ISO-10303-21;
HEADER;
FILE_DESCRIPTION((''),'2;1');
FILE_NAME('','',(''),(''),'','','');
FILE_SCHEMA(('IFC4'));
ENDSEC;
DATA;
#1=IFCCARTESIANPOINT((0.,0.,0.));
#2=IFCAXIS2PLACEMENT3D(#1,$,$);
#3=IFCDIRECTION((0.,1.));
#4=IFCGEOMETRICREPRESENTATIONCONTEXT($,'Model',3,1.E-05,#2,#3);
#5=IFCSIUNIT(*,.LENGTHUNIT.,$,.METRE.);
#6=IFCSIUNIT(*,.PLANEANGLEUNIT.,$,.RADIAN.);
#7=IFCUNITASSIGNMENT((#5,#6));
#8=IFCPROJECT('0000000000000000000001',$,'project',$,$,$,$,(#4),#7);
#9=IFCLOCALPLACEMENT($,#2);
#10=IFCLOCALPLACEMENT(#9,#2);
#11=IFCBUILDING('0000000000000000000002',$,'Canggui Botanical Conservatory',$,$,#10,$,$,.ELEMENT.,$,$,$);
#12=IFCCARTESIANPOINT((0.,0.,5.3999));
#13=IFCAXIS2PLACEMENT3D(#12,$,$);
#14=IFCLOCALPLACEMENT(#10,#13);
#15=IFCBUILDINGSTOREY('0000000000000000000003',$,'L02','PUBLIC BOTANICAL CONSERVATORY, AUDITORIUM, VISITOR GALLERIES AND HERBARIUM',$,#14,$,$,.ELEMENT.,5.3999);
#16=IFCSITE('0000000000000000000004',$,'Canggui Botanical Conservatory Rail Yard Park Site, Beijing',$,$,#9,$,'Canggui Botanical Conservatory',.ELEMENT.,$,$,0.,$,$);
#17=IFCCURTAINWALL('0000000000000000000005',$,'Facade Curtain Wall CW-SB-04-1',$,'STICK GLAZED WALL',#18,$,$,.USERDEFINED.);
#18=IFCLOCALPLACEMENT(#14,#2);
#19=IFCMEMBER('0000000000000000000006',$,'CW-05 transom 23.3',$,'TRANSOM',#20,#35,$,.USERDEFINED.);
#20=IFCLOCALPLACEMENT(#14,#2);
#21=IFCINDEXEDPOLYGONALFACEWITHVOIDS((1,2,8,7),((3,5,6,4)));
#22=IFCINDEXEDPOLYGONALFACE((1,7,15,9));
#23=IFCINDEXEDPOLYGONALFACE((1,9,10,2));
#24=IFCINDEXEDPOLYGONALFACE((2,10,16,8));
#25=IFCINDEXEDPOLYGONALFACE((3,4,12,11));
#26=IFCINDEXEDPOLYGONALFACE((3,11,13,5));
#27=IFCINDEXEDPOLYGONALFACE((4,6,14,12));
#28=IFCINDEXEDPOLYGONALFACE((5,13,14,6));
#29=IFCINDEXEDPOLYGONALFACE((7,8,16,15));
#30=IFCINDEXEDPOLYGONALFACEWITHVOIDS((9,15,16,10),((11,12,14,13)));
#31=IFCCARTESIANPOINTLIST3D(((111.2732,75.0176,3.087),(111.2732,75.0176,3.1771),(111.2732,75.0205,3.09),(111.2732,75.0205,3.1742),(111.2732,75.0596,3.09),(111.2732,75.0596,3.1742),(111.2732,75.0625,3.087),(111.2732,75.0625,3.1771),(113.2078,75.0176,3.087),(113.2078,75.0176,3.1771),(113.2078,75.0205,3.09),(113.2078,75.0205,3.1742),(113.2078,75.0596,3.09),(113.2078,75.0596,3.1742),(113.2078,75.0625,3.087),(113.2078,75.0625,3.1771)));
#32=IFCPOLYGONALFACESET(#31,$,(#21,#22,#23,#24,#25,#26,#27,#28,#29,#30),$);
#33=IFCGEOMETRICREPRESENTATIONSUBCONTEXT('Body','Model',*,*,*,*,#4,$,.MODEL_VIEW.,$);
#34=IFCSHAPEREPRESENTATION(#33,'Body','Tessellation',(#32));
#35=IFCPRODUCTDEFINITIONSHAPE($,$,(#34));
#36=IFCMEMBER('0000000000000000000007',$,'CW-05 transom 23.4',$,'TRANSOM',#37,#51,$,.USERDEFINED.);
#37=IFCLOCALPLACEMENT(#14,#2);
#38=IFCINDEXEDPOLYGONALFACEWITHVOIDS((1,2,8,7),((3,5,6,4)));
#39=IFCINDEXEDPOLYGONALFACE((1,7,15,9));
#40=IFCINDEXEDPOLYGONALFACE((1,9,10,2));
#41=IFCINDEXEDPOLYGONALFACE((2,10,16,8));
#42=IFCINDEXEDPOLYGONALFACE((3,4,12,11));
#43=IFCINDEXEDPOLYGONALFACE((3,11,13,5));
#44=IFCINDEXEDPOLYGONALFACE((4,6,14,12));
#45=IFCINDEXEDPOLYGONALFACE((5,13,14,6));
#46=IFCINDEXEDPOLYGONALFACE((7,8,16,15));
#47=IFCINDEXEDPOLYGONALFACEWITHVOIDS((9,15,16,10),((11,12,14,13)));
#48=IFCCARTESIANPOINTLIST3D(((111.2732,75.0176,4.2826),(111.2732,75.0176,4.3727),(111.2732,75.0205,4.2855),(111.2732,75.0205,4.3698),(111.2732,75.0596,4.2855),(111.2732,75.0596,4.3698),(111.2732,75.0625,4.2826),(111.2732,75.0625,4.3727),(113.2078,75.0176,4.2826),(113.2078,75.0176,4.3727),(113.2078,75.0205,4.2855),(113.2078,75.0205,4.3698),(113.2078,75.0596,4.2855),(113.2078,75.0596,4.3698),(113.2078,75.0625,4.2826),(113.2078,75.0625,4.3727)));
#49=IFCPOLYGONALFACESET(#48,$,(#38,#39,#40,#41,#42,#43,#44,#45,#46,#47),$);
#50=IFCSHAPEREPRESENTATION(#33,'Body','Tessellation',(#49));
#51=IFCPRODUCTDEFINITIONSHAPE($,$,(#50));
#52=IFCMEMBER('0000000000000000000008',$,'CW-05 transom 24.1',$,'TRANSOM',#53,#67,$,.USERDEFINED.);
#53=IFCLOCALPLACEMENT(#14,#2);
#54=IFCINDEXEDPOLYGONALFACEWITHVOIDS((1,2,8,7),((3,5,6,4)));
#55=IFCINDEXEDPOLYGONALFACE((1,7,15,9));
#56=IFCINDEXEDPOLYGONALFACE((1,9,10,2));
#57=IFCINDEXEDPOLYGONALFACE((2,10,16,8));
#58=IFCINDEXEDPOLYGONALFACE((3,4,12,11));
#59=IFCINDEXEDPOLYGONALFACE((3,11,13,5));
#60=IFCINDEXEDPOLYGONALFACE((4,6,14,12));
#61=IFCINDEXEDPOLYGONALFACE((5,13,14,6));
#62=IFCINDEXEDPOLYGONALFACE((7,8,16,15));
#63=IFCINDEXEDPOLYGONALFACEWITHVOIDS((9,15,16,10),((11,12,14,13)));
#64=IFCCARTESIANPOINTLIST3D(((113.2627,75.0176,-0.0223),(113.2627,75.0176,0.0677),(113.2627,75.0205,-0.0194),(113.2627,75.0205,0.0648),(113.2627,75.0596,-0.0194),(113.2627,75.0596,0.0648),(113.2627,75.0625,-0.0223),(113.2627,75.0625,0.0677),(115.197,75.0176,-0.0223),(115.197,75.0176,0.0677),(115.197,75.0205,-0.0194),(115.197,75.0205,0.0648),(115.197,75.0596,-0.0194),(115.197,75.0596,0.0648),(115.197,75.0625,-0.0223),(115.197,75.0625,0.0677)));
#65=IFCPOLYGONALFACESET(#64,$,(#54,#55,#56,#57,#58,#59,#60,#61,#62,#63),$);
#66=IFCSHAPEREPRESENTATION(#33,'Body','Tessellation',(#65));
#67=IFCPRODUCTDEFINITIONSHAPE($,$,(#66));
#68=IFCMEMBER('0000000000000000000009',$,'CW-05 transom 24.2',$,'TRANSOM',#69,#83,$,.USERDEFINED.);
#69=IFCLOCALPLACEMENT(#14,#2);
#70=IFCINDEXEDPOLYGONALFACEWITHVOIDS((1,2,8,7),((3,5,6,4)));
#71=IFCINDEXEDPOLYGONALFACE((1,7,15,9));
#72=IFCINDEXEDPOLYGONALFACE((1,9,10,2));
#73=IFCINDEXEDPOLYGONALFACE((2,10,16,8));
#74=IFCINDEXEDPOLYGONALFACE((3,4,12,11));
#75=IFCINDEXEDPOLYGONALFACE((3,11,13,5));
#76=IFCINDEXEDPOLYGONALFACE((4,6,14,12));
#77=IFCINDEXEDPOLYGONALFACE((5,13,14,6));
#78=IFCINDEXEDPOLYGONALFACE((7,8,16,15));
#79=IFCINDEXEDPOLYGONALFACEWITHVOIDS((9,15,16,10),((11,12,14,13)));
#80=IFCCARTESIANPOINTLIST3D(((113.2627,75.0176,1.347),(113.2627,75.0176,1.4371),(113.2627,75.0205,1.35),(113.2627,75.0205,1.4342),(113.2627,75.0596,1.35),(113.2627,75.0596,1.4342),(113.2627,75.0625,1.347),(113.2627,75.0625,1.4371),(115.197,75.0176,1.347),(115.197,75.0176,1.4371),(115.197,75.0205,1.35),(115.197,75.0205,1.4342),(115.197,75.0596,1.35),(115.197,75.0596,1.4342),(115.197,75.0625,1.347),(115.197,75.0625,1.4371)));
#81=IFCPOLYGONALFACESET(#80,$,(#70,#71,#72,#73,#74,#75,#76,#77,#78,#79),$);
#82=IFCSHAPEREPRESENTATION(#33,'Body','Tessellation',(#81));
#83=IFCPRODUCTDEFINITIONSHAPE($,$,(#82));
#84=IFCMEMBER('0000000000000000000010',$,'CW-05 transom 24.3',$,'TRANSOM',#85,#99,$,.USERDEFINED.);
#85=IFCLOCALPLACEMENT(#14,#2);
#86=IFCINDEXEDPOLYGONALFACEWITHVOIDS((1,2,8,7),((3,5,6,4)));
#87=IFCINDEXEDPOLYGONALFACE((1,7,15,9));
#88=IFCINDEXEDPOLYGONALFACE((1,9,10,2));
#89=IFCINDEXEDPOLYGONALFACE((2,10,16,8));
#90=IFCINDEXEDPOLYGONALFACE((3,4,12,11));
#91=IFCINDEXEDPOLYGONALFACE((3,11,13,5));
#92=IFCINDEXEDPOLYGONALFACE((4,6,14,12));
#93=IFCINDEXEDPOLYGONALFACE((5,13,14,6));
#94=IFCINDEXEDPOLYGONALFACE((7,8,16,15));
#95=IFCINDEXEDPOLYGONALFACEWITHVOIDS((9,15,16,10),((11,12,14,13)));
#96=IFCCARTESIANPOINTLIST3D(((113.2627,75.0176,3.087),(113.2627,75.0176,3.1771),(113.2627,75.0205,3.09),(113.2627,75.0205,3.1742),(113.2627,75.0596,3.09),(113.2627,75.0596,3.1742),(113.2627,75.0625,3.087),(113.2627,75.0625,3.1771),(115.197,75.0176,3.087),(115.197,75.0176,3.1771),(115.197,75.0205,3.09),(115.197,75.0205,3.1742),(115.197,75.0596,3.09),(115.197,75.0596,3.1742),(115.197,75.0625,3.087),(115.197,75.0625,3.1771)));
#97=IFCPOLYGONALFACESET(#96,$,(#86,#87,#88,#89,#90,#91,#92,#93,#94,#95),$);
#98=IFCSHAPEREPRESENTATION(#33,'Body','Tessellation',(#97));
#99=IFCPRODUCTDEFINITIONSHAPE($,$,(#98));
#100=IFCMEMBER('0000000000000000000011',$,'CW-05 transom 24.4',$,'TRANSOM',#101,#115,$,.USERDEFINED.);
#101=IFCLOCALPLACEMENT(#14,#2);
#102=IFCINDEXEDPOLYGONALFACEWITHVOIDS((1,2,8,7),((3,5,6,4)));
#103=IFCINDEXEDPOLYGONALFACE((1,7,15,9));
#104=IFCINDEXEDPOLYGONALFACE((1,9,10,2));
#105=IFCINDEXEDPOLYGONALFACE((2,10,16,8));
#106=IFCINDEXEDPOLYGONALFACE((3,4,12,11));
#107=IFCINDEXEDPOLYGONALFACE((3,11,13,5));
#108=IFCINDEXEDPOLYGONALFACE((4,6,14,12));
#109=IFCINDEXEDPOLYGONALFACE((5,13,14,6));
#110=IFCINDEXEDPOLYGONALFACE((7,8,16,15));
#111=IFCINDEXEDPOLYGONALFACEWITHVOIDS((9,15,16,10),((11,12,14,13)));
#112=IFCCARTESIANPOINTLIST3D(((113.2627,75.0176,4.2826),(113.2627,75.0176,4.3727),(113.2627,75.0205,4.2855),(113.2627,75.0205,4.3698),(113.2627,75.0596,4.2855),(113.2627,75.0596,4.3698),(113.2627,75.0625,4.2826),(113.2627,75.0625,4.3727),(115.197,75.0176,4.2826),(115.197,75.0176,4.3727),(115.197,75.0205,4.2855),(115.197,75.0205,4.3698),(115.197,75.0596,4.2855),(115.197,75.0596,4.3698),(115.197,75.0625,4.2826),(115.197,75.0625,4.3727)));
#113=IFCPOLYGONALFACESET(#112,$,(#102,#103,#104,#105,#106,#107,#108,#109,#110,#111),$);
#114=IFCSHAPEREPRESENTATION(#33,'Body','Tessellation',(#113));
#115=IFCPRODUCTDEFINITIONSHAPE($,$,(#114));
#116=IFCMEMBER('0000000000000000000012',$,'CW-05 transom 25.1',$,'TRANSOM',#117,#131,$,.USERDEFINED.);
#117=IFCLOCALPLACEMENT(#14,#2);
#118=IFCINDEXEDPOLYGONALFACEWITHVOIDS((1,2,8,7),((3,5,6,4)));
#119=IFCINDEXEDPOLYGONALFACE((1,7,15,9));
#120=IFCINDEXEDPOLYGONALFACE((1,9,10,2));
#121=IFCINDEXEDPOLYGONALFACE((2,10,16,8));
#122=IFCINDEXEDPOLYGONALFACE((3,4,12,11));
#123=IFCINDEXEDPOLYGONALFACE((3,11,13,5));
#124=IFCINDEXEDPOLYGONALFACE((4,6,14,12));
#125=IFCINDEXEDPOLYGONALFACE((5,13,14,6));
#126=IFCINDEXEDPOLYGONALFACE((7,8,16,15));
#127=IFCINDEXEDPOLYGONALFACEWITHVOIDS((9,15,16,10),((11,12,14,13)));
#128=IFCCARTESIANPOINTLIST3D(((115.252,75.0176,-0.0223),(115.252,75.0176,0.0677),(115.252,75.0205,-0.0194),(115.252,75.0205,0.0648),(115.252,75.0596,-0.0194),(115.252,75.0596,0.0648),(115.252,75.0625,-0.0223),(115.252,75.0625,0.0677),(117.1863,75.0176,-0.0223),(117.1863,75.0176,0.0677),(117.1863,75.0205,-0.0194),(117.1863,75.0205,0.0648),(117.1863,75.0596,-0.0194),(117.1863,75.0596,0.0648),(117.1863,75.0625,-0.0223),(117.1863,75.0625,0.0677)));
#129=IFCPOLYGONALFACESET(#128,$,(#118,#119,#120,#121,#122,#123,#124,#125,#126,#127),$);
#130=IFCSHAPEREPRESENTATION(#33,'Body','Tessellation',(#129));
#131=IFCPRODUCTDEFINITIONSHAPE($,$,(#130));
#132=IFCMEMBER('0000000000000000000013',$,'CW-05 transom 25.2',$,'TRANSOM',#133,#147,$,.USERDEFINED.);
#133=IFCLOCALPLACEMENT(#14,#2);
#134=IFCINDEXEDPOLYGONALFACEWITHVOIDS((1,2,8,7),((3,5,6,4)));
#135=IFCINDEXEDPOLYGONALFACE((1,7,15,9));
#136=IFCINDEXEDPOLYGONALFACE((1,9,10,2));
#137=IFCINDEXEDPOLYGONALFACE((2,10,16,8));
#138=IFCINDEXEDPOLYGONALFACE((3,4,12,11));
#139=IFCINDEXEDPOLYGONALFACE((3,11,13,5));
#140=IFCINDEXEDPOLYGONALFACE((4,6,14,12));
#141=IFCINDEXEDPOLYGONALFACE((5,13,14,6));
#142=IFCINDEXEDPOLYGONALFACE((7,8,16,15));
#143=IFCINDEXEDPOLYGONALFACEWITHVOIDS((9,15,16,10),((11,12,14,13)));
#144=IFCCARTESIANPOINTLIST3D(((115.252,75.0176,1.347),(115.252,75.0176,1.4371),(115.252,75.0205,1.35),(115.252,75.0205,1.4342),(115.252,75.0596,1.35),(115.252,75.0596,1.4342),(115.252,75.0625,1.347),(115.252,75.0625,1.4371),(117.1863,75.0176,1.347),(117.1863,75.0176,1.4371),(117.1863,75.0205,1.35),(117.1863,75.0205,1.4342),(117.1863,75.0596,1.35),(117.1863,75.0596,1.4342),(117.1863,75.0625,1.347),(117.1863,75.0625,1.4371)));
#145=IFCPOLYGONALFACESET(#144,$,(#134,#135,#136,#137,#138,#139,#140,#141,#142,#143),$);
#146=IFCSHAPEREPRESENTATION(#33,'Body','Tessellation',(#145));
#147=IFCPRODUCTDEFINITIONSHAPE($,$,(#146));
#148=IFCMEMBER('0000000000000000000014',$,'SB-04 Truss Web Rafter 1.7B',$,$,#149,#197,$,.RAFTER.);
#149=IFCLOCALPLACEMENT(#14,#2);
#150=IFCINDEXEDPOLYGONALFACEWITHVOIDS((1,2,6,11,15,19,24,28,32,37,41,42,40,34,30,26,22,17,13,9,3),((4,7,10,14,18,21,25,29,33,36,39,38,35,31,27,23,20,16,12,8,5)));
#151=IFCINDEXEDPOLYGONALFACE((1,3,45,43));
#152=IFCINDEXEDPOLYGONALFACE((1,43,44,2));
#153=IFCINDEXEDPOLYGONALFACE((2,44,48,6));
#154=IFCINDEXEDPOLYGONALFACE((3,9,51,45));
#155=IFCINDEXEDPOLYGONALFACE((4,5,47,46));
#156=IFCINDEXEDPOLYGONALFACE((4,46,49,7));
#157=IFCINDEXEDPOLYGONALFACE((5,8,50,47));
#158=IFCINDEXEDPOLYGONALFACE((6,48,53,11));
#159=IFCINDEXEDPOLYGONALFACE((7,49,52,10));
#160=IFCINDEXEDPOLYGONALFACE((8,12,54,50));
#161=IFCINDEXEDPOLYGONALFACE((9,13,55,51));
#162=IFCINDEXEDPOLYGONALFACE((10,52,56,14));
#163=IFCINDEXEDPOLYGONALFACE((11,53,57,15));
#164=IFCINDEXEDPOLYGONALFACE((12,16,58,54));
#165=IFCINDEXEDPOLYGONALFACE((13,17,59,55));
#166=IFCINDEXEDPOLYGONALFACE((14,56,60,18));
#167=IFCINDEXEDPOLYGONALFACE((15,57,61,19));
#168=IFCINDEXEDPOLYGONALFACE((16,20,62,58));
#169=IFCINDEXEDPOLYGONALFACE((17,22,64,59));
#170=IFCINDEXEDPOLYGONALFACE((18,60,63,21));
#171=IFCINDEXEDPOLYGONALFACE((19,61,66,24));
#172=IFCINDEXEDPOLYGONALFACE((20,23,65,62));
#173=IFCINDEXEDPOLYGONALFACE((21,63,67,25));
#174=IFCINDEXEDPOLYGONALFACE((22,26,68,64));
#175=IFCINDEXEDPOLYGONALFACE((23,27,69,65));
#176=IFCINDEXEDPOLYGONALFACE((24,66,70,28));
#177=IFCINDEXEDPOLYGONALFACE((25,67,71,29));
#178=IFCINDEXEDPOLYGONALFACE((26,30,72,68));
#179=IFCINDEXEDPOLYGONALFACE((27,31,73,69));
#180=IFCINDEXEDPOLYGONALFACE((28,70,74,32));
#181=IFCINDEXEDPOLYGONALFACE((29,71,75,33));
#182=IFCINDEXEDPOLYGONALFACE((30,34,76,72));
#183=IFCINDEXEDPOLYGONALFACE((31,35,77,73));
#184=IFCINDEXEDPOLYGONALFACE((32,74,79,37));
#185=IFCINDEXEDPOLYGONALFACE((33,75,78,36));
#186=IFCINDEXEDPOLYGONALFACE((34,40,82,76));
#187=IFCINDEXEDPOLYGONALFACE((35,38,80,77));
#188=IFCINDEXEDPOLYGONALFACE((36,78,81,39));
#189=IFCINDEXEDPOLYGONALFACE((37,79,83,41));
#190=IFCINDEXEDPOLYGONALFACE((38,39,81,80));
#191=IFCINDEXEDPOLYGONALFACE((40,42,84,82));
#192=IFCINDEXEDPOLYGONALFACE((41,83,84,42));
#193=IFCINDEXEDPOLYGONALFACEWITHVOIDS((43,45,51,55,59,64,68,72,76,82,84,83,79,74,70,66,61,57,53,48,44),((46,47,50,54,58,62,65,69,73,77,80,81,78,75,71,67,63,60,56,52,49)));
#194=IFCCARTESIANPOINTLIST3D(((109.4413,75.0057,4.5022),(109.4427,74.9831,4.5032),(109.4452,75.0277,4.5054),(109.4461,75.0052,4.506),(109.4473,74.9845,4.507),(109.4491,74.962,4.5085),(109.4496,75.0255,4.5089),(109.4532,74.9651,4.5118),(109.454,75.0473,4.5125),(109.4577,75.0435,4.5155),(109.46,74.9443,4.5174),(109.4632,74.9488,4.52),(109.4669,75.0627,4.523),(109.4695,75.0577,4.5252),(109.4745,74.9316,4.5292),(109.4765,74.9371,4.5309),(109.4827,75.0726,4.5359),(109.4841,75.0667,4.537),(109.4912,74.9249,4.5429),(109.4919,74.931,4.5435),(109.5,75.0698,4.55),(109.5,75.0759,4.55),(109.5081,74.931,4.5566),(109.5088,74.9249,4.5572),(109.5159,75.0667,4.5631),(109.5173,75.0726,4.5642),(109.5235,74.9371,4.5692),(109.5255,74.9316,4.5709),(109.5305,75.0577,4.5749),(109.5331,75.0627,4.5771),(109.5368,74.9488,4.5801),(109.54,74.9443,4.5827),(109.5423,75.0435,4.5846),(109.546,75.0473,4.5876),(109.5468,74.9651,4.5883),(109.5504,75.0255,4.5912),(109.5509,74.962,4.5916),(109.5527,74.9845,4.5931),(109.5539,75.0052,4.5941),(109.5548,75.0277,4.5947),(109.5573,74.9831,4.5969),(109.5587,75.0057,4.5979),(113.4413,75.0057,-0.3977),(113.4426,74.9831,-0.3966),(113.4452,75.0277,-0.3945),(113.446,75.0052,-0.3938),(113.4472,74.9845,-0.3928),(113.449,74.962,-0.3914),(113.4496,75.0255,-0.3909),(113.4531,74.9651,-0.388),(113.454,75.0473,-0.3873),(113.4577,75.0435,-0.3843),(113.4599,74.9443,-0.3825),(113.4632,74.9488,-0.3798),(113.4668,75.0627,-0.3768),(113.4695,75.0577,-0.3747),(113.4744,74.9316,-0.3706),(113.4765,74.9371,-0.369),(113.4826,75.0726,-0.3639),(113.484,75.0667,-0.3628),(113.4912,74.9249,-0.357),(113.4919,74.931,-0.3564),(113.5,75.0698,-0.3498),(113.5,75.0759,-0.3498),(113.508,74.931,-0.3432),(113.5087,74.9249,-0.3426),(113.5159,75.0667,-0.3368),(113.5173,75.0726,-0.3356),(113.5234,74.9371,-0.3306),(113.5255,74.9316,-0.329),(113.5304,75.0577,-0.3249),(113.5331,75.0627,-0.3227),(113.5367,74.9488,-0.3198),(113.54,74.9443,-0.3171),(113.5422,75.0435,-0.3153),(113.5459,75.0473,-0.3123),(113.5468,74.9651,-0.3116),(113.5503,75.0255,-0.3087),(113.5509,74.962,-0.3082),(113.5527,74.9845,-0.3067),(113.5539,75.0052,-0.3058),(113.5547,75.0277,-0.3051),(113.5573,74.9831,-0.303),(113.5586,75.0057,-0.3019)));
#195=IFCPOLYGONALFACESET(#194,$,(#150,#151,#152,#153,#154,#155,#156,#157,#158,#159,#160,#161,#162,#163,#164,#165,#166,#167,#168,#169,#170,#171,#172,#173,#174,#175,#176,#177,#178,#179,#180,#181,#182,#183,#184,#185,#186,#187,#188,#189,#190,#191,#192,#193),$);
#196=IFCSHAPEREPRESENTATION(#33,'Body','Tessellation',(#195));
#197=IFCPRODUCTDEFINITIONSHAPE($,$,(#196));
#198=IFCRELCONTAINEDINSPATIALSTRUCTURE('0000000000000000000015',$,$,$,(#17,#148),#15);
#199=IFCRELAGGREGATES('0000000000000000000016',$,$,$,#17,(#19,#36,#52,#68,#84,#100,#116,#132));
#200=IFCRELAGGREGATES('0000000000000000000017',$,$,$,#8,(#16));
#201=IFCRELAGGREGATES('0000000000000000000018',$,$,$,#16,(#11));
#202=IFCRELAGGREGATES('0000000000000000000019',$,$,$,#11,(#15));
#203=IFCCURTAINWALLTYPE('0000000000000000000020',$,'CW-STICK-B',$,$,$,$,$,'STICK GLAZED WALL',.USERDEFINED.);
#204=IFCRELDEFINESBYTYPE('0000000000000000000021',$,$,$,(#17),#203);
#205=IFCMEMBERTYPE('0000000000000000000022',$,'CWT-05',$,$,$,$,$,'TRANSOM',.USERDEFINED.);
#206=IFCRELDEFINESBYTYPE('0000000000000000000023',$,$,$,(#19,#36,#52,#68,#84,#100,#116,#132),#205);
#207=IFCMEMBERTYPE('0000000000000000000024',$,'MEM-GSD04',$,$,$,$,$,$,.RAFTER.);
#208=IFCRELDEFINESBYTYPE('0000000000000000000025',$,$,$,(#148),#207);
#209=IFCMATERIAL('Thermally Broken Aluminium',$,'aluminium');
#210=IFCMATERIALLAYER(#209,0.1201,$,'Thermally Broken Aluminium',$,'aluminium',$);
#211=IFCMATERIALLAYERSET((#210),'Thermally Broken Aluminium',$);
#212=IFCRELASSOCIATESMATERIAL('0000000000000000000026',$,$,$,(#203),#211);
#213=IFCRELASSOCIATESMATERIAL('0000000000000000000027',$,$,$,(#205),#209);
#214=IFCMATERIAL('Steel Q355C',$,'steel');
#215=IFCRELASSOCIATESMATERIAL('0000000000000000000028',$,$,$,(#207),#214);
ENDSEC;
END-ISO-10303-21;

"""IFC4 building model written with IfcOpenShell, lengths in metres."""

from ifc_helpers import new_model, si_unit, direction, frame, origin, origin_2d, place, context, subcontext, project, spatial, hollow_rectangle, hollow_circle, extrude, material, layer, layer_set, material_profile, profile_set, type_object, element, aggregate, save


model = new_model("IFC4")

# Units and contexts
model_context = context("Model", 3, precision=1e-05, world=origin(), true_north=direction((0.0, 1.0)))
body_context = subcontext(model_context, "Body", "Model", "MODEL_VIEW")
ifc_project = project(units=[si_unit("LENGTHUNIT", "METRE"), si_unit("PLANEANGLEUNIT", "RADIAN")], contexts=[model_context])

# Site, building, storey
site_placement = place(None, origin())
site = spatial("IfcSite", under=ifc_project, at=site_placement, Name="Canggui Botanical Conservatory Rail Yard Park Site, Beijing", LongName="Canggui Botanical Conservatory", CompositionType="ELEMENT", RefElevation=0.0)
building_placement = place(site_placement, origin())
building = spatial("IfcBuilding", under=site, at=building_placement, Name="Canggui Botanical Conservatory", CompositionType="ELEMENT")
storey_placement = place(building_placement, frame((0.0, 0.0, 5.3999)))
storey = spatial("IfcBuildingStorey", under=building, at=storey_placement, Name="L02", Description="PUBLIC BOTANICAL CONSERVATORY, AUDITORIUM, VISITOR GALLERIES AND HERBARIUM", CompositionType="ELEMENT", Elevation=5.3999)

# Curtain wall, members
ifc_material_1 = material(Name="Thermally Broken Aluminium", Category="aluminium")
ifc_layer_1 = layer(ifc_material_1, 0.1201, Name="Thermally Broken Aluminium", Category="aluminium")
ifc_layer_set_1 = layer_set([ifc_layer_1], Name="Thermally Broken Aluminium")
curtain_wall_type = type_object("IfcCurtainWallType", Name="CW-STICK-B", ElementType="STICK GLAZED WALL", PredefinedType="USERDEFINED", material=ifc_layer_set_1)
curtain_wall_placement = place(storey_placement, origin())
curtain_wall = element("IfcCurtainWall", 1, at=curtain_wall_placement, inside=storey, type_object=curtain_wall_type, Name="Facade Curtain Wall CW-SB-04-1", ObjectType="STICK GLAZED WALL", PredefinedType="USERDEFINED")
ifc_material_profile_1 = material_profile(ifc_material_1, hollow_rectangle(XDim=0.0449, YDim=0.0901, WallThickness=0.0029, at=origin_2d()), Name="CWT 45x90x3")
ifc_profile_set_1 = profile_set([ifc_material_profile_1], Name="Thermally Broken Aluminium")
member_type_1 = type_object("IfcMemberType", Name="CWT-05", ElementType="TRANSOM", PredefinedType="USERDEFINED", material=ifc_profile_set_1)
member_1_placement = place(storey_placement, frame((111.2732, 75.04, 3.1321), z_axis=(1.0, 0.0, 0.0), x_axis=(0.0, 1.0, 0.0)))
member_1 = element("IfcMember", 2, at=member_1_placement, type_object=member_type_1, Name="CW-05 transom 23.3", ObjectType="TRANSOM", PredefinedType="USERDEFINED", context=body_context, shape_type="SweptSolid", body=[
    extrude(hollow_rectangle(XDim=0.0449, YDim=0.0901, WallThickness=0.0029, at=origin_2d()), origin(), (0.0, 0.0, 1.0), 1.9346),
])
member_2_placement = place(storey_placement, frame((111.2732, 75.04, 4.3276), z_axis=(1.0, 0.0, 0.0), x_axis=(0.0, 1.0, 0.0)))
member_2 = element("IfcMember", 3, at=member_2_placement, type_object=member_type_1, Name="CW-05 transom 23.4", ObjectType="TRANSOM", PredefinedType="USERDEFINED", context=body_context, shape_type="SweptSolid", body=[
    extrude(hollow_rectangle(XDim=0.0449, YDim=0.0901, WallThickness=0.0029, at=origin_2d()), origin(), (0.0, 0.0, 1.0), 1.9346),
])
member_3_placement = place(storey_placement, frame((113.2627, 75.04, 0.0227), z_axis=(1.0, 0.0, 0.0), x_axis=(0.0, 1.0, 0.0)))
member_3 = element("IfcMember", 4, at=member_3_placement, type_object=member_type_1, Name="CW-05 transom 24.1", ObjectType="TRANSOM", PredefinedType="USERDEFINED", context=body_context, shape_type="SweptSolid", body=[
    extrude(hollow_rectangle(XDim=0.0449, YDim=0.0901, WallThickness=0.0029, at=origin_2d()), origin(), (0.0, 0.0, 1.0), 1.9343),
])
member_4_placement = place(storey_placement, frame((113.2627, 75.04, 1.3921), z_axis=(1.0, 0.0, 0.0), x_axis=(0.0, 1.0, 0.0)))
member_4 = element("IfcMember", 5, at=member_4_placement, type_object=member_type_1, Name="CW-05 transom 24.2", ObjectType="TRANSOM", PredefinedType="USERDEFINED", context=body_context, shape_type="SweptSolid", body=[
    extrude(hollow_rectangle(XDim=0.0449, YDim=0.0901, WallThickness=0.0029, at=origin_2d()), origin(), (0.0, 0.0, 1.0), 1.9343),
])
member_5_placement = place(storey_placement, frame((113.2627, 75.04, 3.1321), z_axis=(1.0, 0.0, 0.0), x_axis=(0.0, 1.0, 0.0)))
member_5 = element("IfcMember", 6, at=member_5_placement, type_object=member_type_1, Name="CW-05 transom 24.3", ObjectType="TRANSOM", PredefinedType="USERDEFINED", context=body_context, shape_type="SweptSolid", body=[
    extrude(hollow_rectangle(XDim=0.0449, YDim=0.0901, WallThickness=0.0029, at=origin_2d()), origin(), (0.0, 0.0, 1.0), 1.9343),
])
member_6_placement = place(storey_placement, frame((113.2627, 75.04, 4.3276), z_axis=(1.0, 0.0, 0.0), x_axis=(0.0, 1.0, 0.0)))
member_6 = element("IfcMember", 7, at=member_6_placement, type_object=member_type_1, Name="CW-05 transom 24.4", ObjectType="TRANSOM", PredefinedType="USERDEFINED", context=body_context, shape_type="SweptSolid", body=[
    extrude(hollow_rectangle(XDim=0.0449, YDim=0.0901, WallThickness=0.0029, at=origin_2d()), origin(), (0.0, 0.0, 1.0), 1.9343),
])
member_7_placement = place(storey_placement, frame((115.252, 75.04, 0.0227), z_axis=(1.0, 0.0, 0.0), x_axis=(0.0, 1.0, 0.0)))
member_7 = element("IfcMember", 8, at=member_7_placement, type_object=member_type_1, Name="CW-05 transom 25.1", ObjectType="TRANSOM", PredefinedType="USERDEFINED", context=body_context, shape_type="SweptSolid", body=[
    extrude(hollow_rectangle(XDim=0.0449, YDim=0.0901, WallThickness=0.0029, at=origin_2d()), origin(), (0.0, 0.0, 1.0), 1.9343),
])
member_8_placement = place(storey_placement, frame((115.252, 75.04, 1.3921), z_axis=(1.0, 0.0, 0.0), x_axis=(0.0, 1.0, 0.0)))
member_8 = element("IfcMember", 9, at=member_8_placement, type_object=member_type_1, Name="CW-05 transom 25.2", ObjectType="TRANSOM", PredefinedType="USERDEFINED", context=body_context, shape_type="SweptSolid", body=[
    extrude(hollow_rectangle(XDim=0.0449, YDim=0.0901, WallThickness=0.0029, at=origin_2d()), origin(), (0.0, 0.0, 1.0), 1.9343),
])

# Member
ifc_material_2 = material(Name="Steel Q355C", Category="steel")
ifc_material_profile_2 = material_profile(ifc_material_2, hollow_circle(Radius=0.0759, WallThickness=0.0061, at=origin_2d()), Name="CHS 152x6")
ifc_profile_set_2 = profile_set([ifc_material_profile_2], Name="Steel Q355C")
member_type_2 = type_object("IfcMemberType", Name="MEM-GSD04", PredefinedType="RAFTER", material=ifc_profile_set_2)
member_9_placement = place(storey_placement, frame((109.5, 75.0, 4.55), z_axis=(0.632384, 0.0, -0.774655), x_axis=(0.0, 1.0, 0.0)))
element("IfcMember", 10, at=member_9_placement, inside=storey, type_object=member_type_2, Name="SB-04 Truss Web Rafter 1.7B", PredefinedType="RAFTER", context=body_context, shape_type="SweptSolid", body=[
    extrude(hollow_circle(Radius=0.0759, WallThickness=0.0061, at=origin_2d()), origin(), (0.0, 0.0, 1.0), 6.3252),
])

aggregate(curtain_wall, [member_1, member_2, member_3, member_4, member_5, member_6, member_7, member_8])

save(model, "model.ifc")
